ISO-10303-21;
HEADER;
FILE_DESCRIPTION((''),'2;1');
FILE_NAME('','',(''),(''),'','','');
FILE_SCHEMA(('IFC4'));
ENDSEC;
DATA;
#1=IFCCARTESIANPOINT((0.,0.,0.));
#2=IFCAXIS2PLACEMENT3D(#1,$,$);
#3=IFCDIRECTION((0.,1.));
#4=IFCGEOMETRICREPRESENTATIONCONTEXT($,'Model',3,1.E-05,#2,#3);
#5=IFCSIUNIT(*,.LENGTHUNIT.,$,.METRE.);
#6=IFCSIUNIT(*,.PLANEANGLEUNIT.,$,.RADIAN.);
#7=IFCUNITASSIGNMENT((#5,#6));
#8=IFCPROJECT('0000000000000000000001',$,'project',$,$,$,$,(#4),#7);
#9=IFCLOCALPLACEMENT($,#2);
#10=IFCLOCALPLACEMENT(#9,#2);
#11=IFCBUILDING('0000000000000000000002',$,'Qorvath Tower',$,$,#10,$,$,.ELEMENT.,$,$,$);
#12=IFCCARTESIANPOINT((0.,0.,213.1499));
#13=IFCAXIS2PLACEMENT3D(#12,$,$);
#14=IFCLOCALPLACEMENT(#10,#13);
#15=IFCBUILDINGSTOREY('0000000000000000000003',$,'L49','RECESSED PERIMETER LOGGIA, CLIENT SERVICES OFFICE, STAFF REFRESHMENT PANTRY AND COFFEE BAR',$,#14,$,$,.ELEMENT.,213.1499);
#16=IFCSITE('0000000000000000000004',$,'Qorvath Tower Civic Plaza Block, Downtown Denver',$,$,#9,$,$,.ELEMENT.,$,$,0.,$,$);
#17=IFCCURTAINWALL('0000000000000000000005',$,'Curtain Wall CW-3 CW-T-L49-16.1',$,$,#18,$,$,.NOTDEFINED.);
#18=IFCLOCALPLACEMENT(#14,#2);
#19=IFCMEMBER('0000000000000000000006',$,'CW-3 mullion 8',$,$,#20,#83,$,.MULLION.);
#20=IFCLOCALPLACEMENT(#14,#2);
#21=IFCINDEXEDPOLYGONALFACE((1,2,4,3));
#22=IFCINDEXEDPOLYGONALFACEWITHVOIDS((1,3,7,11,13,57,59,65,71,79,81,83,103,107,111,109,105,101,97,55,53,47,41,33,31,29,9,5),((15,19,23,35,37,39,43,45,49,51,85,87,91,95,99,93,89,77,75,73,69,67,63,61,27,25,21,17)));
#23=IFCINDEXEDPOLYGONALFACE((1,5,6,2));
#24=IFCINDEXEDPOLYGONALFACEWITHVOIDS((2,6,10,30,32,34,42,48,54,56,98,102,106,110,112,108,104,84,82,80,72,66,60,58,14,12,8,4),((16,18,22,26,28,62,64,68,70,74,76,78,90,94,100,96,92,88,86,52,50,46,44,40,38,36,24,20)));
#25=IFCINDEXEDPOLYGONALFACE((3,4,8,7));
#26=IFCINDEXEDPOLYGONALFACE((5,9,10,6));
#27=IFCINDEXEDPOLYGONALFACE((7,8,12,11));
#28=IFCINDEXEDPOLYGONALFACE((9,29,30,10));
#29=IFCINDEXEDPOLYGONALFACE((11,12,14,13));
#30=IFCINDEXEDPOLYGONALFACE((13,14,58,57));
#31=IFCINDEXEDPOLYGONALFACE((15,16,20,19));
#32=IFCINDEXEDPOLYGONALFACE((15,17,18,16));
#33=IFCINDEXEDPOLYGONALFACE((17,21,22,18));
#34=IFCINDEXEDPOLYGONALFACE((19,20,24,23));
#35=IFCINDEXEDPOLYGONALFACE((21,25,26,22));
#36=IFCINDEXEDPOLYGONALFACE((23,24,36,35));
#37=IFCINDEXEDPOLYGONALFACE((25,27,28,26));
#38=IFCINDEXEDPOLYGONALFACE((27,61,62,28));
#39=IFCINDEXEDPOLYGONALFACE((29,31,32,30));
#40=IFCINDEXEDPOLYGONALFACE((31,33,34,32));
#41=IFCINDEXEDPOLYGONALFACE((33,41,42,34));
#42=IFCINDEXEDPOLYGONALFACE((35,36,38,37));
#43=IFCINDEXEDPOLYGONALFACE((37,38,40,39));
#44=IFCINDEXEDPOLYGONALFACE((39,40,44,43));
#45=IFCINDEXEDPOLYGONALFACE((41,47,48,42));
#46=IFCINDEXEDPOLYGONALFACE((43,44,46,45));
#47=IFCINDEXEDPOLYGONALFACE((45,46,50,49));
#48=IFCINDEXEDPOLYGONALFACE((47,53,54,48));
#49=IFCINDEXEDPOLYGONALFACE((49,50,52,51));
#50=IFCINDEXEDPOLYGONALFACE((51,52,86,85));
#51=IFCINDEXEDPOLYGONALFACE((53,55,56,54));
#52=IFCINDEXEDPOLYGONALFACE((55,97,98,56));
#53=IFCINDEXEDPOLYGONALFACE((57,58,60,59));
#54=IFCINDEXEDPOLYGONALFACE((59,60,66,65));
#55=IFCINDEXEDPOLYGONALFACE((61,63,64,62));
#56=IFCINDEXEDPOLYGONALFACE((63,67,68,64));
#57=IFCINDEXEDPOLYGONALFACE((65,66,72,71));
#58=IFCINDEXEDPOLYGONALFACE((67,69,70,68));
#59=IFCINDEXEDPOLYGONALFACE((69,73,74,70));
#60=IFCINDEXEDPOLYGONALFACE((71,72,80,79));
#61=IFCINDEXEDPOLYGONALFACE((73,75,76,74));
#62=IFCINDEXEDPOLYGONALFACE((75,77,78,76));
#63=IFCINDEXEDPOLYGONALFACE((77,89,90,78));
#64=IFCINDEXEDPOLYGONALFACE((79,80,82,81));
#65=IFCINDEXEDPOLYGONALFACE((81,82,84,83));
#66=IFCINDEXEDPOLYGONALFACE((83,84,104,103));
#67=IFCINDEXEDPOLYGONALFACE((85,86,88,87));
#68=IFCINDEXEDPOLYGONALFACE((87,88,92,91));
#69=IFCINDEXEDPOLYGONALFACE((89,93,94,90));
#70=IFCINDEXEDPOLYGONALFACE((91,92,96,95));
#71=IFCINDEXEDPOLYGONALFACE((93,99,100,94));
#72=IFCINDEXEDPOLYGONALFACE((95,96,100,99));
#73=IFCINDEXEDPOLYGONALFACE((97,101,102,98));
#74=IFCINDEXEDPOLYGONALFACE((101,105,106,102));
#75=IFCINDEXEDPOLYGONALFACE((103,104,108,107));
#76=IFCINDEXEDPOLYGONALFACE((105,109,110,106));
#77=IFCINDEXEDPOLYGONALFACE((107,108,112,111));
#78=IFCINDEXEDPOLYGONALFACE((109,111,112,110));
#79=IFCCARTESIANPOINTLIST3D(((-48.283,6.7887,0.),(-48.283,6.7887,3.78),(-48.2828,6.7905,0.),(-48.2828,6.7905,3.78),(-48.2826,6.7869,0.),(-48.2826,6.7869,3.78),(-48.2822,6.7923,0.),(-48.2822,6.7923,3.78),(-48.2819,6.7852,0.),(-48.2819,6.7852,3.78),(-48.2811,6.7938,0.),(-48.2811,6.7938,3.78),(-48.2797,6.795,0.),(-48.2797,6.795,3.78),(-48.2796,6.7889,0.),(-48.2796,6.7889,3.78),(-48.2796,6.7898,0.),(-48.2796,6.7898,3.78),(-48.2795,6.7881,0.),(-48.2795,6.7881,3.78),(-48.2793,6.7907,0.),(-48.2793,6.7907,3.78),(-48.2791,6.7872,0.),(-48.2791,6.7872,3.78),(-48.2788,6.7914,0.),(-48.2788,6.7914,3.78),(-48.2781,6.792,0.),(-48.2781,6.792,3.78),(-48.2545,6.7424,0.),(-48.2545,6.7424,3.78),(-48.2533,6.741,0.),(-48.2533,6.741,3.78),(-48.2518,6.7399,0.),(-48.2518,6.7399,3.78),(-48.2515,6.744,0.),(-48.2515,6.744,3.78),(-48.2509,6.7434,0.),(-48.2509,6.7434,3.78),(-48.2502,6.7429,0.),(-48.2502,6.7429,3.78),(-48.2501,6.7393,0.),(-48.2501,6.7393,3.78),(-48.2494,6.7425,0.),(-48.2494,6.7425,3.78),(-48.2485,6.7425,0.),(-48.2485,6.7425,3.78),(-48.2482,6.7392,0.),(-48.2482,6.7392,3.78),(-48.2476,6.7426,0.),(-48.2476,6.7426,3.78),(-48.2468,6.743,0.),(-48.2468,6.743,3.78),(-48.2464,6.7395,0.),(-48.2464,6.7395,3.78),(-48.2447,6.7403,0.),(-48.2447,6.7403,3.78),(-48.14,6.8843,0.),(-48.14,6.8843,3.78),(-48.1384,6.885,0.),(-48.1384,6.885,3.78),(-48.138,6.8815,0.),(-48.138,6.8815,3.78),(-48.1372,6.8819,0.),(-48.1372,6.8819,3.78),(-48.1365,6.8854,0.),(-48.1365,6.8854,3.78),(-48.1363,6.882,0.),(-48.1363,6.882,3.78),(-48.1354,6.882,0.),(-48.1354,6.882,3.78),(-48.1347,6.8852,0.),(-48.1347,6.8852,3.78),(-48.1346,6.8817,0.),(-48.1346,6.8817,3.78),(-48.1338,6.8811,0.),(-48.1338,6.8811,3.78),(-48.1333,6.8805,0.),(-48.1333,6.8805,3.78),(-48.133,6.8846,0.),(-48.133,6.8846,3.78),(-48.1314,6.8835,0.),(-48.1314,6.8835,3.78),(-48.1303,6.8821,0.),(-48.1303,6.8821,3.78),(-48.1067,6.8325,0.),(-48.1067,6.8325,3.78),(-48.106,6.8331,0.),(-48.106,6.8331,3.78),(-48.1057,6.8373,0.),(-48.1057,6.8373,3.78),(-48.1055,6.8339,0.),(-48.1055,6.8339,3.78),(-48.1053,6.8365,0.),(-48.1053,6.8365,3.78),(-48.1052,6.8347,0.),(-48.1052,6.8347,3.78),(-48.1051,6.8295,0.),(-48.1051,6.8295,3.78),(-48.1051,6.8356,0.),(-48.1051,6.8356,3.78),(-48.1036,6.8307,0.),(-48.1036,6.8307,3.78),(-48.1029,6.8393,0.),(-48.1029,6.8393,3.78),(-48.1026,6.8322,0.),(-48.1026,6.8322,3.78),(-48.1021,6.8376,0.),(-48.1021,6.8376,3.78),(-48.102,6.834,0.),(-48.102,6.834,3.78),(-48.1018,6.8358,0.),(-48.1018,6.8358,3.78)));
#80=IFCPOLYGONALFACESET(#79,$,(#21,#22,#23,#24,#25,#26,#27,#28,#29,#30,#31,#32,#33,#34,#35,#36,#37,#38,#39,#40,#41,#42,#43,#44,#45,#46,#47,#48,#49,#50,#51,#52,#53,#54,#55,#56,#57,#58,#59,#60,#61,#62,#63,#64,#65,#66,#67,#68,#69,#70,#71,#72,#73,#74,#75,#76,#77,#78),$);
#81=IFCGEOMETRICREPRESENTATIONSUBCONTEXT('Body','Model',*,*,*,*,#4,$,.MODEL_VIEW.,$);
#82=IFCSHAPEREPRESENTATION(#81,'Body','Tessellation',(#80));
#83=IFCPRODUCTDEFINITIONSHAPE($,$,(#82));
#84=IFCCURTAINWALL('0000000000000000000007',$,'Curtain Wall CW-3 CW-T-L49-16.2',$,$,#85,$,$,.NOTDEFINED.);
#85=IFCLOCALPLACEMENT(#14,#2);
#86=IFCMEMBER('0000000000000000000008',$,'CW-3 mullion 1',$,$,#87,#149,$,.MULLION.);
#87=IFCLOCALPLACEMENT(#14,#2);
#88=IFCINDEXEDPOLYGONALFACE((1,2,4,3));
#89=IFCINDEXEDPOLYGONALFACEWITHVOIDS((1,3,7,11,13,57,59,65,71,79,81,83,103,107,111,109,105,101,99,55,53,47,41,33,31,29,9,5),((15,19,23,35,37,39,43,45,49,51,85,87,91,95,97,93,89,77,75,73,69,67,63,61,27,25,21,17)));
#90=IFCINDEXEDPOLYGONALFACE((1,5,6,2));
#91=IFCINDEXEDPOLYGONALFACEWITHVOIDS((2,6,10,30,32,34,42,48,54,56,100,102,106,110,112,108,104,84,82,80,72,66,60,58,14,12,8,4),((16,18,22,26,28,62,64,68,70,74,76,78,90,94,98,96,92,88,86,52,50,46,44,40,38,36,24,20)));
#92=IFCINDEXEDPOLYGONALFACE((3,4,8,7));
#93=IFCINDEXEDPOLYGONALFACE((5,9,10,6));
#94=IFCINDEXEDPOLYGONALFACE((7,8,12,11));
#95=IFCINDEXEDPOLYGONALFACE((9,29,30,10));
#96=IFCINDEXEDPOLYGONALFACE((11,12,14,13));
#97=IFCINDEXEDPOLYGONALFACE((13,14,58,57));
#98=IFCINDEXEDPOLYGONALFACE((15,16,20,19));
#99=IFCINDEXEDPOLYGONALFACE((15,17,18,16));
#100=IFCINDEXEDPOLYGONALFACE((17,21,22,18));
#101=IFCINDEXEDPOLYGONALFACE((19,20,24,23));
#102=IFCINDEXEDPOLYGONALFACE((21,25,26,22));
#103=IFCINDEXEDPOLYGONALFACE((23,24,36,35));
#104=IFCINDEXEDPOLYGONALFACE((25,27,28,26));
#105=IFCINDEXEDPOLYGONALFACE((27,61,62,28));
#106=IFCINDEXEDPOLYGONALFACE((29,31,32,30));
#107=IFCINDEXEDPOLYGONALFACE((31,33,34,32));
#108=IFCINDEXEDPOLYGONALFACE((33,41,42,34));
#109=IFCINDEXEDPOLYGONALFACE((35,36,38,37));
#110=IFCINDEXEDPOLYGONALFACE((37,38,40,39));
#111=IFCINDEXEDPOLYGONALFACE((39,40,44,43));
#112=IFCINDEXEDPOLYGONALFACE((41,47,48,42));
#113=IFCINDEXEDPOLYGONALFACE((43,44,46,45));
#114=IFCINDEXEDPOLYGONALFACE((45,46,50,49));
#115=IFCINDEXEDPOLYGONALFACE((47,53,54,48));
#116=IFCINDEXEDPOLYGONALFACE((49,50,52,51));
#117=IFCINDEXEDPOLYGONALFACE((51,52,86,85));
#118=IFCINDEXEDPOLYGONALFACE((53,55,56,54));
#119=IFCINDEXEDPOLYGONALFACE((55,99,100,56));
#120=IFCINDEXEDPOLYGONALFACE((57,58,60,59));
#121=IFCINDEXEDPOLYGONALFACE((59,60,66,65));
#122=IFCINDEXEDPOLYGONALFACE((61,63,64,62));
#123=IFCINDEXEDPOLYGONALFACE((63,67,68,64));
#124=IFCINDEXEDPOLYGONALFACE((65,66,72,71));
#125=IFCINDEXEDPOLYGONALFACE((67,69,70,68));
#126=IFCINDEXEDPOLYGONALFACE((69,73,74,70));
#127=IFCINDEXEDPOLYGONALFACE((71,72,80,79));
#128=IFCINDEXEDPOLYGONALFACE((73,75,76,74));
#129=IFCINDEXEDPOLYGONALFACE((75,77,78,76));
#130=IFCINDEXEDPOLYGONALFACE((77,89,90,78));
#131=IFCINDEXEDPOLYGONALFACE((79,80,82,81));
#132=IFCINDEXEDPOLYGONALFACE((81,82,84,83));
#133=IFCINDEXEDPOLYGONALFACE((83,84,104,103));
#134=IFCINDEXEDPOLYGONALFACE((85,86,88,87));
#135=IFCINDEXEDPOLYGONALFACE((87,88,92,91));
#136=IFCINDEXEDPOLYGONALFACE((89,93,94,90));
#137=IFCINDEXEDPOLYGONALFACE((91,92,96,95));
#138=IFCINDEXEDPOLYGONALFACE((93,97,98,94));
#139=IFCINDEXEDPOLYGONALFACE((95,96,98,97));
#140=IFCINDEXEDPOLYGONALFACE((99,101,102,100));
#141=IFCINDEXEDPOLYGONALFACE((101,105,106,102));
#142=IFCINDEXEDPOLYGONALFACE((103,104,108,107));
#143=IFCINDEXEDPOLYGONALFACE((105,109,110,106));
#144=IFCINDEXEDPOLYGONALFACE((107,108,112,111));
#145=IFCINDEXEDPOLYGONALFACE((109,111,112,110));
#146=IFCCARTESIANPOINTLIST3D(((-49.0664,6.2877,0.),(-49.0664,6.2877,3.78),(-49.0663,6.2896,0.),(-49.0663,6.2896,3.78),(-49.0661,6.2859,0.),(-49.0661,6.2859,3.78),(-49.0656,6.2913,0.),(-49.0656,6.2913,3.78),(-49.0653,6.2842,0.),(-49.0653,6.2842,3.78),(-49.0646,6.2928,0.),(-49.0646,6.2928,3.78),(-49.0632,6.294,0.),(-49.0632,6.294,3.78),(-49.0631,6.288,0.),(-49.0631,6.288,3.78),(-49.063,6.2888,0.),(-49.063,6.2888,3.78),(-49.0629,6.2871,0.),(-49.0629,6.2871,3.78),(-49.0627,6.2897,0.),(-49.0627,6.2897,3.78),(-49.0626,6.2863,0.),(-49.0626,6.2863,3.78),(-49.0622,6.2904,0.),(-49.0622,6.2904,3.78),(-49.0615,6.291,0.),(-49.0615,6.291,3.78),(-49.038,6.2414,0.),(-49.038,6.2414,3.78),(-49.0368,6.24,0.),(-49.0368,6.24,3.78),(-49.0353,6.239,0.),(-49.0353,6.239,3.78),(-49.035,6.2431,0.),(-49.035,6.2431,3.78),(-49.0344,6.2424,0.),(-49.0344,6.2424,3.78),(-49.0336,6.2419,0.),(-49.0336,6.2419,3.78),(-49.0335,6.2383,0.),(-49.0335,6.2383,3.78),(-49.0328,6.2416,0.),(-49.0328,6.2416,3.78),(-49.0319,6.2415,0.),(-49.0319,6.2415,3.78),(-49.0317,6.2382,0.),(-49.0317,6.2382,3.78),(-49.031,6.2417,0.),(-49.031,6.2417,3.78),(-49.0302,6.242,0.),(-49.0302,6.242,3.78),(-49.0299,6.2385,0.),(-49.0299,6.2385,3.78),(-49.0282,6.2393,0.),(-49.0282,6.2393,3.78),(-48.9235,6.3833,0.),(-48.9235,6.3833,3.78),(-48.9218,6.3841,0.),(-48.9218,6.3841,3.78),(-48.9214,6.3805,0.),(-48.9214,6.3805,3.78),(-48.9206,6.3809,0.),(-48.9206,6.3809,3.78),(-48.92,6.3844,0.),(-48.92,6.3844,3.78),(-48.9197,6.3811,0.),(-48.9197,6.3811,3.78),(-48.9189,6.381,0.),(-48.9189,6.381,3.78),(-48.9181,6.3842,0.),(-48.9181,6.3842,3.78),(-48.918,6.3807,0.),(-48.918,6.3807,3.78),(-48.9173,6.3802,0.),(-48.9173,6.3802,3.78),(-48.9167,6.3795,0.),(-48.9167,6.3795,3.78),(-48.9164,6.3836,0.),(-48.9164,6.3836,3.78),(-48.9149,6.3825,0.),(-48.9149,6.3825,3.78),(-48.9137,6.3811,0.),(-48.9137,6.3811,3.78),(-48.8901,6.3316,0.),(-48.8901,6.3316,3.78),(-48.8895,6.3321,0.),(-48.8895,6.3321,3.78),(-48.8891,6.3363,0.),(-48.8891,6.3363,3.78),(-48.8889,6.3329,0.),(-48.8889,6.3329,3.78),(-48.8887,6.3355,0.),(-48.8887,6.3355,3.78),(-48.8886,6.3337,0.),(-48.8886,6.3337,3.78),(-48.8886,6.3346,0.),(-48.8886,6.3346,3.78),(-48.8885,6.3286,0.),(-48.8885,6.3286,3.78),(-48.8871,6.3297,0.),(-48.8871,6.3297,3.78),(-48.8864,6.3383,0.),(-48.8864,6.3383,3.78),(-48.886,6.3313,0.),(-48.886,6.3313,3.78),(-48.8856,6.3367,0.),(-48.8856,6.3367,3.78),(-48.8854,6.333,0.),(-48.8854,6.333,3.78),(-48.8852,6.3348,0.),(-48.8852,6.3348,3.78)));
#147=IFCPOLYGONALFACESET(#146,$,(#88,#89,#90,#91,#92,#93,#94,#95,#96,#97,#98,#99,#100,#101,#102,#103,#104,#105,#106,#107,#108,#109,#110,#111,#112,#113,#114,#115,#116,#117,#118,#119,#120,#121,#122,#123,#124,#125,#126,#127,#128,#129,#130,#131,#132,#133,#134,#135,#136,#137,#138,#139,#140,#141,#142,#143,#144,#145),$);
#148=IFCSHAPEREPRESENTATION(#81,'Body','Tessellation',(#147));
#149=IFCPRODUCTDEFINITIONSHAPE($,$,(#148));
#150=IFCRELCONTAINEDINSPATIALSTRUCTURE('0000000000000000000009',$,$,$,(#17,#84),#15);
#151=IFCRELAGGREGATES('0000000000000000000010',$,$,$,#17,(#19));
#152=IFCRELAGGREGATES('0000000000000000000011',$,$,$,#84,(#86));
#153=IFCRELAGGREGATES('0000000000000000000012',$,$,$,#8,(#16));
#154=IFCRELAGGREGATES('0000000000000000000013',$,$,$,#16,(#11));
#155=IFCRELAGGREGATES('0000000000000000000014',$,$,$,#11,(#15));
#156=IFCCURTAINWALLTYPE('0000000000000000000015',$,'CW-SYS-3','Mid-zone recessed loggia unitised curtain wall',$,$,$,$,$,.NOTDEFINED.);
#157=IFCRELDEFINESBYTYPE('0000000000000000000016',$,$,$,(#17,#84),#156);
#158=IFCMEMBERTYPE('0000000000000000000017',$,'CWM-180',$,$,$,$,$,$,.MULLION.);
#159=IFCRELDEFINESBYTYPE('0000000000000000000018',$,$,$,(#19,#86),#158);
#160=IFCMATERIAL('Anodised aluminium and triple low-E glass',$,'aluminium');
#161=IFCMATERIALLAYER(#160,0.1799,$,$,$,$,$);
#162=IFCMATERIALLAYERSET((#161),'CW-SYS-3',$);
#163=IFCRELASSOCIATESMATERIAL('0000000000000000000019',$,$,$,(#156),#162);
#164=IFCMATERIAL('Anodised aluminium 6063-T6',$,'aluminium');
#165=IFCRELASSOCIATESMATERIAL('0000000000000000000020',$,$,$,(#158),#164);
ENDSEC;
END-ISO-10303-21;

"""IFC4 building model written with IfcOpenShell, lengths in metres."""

from ifc_helpers import new_model, si_unit, direction, frame, origin, origin_2d, place, context, subcontext, project, spatial, hollow_rectangle, extrude, material, layer, layer_set, material_profile, profile_set, type_object, element, aggregate, save


model = new_model("IFC4")

# Units and contexts
model_context = context("Model", 3, precision=1e-05, world=origin(), true_north=direction((0.0, 1.0)))
body_context = subcontext(model_context, "Body", "Model", "MODEL_VIEW")
ifc_project = project(units=[si_unit("LENGTHUNIT", "METRE"), si_unit("PLANEANGLEUNIT", "RADIAN")], contexts=[model_context])

# Site, building, storey
site_placement = place(None, origin())
site = spatial("IfcSite", under=ifc_project, at=site_placement, Name="Qorvath Tower Civic Plaza Block, Downtown Denver", CompositionType="ELEMENT", RefElevation=0.0)
building_placement = place(site_placement, origin())
building = spatial("IfcBuilding", under=site, at=building_placement, Name="Qorvath Tower", CompositionType="ELEMENT")
storey_placement = place(building_placement, frame((0.0, 0.0, 213.1499)))
storey = spatial("IfcBuildingStorey", under=building, at=storey_placement, Name="L49", Description="RECESSED PERIMETER LOGGIA, CLIENT SERVICES OFFICE, STAFF REFRESHMENT PANTRY AND COFFEE BAR", CompositionType="ELEMENT", Elevation=213.1499)

# Curtain walls, members
ifc_material_1 = material(Name="Anodised aluminium and triple low-E glass", Category="aluminium")
ifc_layer_1 = layer(ifc_material_1, 0.1799)
ifc_layer_set_1 = layer_set([ifc_layer_1], Name="CW-SYS-3")
curtain_wall_type = type_object("IfcCurtainWallType", Name="CW-SYS-3", Description="Mid-zone recessed loggia unitised curtain wall", PredefinedType="NOTDEFINED", material=ifc_layer_set_1)
curtain_wall_1_placement = place(storey_placement, origin())
curtain_wall_1 = element("IfcCurtainWall", 1, at=curtain_wall_1_placement, inside=storey, type_object=curtain_wall_type, Name="Curtain Wall CW-3 CW-T-L49-16.1", PredefinedType="NOTDEFINED")
ifc_material_2 = material(Name="Anodised aluminium 6063-T6", Category="aluminium")
ifc_material_profile_1 = material_profile(ifc_material_2, hollow_rectangle(XDim=0.0649, YDim=0.1799, WallThickness=0.0034, InnerFilletRadius=0.0034, OuterFilletRadius=0.0071, at=origin_2d()), Name="CWM 180x65")
ifc_profile_set_1 = profile_set([ifc_material_profile_1], Name="Anodised aluminium 6063-T6")
member_type_1 = type_object("IfcMemberType", Name="CWM-180", PredefinedType="MULLION", material=ifc_profile_set_1)
member_1_placement = place(storey_placement, frame((-48.1924, 6.8123, 0.0), z_axis=(0.0, 0.0, 1.0), x_axis=(0.538532, -0.842605, 0.0)))
member_1 = element("IfcMember", 2, at=member_1_placement, type_object=member_type_1, Name="CW-3 mullion 8", PredefinedType="MULLION", context=body_context, shape_type="SweptSolid", body=[
    extrude(hollow_rectangle(XDim=0.0649, YDim=0.1799, WallThickness=0.0034, InnerFilletRadius=0.0034, OuterFilletRadius=0.0071, at=origin_2d()), origin(), (0.0, 0.0, 1.0), 3.78),
])
curtain_wall_2_placement = place(storey_placement, origin())
curtain_wall_2 = element("IfcCurtainWall", 3, at=curtain_wall_2_placement, inside=storey, type_object=curtain_wall_type, Name="Curtain Wall CW-3 CW-T-L49-16.2", PredefinedType="NOTDEFINED")
member_2_placement = place(storey_placement, frame((-48.9758, 6.3113, 0.0), z_axis=(0.0, 0.0, 1.0), x_axis=(0.538537, -0.842602, 0.0)))
member_2 = element("IfcMember", 4, at=member_2_placement, type_object=member_type_1, Name="CW-3 mullion 1", PredefinedType="MULLION", context=body_context, shape_type="SweptSolid", body=[
    extrude(hollow_rectangle(XDim=0.0649, YDim=0.1799, WallThickness=0.0034, InnerFilletRadius=0.0034, OuterFilletRadius=0.0071, at=origin_2d()), origin(), (0.0, 0.0, 1.0), 3.78),
])

aggregate(curtain_wall_1, [member_1])
aggregate(curtain_wall_2, [member_2])

save(model, "model.ifc")
